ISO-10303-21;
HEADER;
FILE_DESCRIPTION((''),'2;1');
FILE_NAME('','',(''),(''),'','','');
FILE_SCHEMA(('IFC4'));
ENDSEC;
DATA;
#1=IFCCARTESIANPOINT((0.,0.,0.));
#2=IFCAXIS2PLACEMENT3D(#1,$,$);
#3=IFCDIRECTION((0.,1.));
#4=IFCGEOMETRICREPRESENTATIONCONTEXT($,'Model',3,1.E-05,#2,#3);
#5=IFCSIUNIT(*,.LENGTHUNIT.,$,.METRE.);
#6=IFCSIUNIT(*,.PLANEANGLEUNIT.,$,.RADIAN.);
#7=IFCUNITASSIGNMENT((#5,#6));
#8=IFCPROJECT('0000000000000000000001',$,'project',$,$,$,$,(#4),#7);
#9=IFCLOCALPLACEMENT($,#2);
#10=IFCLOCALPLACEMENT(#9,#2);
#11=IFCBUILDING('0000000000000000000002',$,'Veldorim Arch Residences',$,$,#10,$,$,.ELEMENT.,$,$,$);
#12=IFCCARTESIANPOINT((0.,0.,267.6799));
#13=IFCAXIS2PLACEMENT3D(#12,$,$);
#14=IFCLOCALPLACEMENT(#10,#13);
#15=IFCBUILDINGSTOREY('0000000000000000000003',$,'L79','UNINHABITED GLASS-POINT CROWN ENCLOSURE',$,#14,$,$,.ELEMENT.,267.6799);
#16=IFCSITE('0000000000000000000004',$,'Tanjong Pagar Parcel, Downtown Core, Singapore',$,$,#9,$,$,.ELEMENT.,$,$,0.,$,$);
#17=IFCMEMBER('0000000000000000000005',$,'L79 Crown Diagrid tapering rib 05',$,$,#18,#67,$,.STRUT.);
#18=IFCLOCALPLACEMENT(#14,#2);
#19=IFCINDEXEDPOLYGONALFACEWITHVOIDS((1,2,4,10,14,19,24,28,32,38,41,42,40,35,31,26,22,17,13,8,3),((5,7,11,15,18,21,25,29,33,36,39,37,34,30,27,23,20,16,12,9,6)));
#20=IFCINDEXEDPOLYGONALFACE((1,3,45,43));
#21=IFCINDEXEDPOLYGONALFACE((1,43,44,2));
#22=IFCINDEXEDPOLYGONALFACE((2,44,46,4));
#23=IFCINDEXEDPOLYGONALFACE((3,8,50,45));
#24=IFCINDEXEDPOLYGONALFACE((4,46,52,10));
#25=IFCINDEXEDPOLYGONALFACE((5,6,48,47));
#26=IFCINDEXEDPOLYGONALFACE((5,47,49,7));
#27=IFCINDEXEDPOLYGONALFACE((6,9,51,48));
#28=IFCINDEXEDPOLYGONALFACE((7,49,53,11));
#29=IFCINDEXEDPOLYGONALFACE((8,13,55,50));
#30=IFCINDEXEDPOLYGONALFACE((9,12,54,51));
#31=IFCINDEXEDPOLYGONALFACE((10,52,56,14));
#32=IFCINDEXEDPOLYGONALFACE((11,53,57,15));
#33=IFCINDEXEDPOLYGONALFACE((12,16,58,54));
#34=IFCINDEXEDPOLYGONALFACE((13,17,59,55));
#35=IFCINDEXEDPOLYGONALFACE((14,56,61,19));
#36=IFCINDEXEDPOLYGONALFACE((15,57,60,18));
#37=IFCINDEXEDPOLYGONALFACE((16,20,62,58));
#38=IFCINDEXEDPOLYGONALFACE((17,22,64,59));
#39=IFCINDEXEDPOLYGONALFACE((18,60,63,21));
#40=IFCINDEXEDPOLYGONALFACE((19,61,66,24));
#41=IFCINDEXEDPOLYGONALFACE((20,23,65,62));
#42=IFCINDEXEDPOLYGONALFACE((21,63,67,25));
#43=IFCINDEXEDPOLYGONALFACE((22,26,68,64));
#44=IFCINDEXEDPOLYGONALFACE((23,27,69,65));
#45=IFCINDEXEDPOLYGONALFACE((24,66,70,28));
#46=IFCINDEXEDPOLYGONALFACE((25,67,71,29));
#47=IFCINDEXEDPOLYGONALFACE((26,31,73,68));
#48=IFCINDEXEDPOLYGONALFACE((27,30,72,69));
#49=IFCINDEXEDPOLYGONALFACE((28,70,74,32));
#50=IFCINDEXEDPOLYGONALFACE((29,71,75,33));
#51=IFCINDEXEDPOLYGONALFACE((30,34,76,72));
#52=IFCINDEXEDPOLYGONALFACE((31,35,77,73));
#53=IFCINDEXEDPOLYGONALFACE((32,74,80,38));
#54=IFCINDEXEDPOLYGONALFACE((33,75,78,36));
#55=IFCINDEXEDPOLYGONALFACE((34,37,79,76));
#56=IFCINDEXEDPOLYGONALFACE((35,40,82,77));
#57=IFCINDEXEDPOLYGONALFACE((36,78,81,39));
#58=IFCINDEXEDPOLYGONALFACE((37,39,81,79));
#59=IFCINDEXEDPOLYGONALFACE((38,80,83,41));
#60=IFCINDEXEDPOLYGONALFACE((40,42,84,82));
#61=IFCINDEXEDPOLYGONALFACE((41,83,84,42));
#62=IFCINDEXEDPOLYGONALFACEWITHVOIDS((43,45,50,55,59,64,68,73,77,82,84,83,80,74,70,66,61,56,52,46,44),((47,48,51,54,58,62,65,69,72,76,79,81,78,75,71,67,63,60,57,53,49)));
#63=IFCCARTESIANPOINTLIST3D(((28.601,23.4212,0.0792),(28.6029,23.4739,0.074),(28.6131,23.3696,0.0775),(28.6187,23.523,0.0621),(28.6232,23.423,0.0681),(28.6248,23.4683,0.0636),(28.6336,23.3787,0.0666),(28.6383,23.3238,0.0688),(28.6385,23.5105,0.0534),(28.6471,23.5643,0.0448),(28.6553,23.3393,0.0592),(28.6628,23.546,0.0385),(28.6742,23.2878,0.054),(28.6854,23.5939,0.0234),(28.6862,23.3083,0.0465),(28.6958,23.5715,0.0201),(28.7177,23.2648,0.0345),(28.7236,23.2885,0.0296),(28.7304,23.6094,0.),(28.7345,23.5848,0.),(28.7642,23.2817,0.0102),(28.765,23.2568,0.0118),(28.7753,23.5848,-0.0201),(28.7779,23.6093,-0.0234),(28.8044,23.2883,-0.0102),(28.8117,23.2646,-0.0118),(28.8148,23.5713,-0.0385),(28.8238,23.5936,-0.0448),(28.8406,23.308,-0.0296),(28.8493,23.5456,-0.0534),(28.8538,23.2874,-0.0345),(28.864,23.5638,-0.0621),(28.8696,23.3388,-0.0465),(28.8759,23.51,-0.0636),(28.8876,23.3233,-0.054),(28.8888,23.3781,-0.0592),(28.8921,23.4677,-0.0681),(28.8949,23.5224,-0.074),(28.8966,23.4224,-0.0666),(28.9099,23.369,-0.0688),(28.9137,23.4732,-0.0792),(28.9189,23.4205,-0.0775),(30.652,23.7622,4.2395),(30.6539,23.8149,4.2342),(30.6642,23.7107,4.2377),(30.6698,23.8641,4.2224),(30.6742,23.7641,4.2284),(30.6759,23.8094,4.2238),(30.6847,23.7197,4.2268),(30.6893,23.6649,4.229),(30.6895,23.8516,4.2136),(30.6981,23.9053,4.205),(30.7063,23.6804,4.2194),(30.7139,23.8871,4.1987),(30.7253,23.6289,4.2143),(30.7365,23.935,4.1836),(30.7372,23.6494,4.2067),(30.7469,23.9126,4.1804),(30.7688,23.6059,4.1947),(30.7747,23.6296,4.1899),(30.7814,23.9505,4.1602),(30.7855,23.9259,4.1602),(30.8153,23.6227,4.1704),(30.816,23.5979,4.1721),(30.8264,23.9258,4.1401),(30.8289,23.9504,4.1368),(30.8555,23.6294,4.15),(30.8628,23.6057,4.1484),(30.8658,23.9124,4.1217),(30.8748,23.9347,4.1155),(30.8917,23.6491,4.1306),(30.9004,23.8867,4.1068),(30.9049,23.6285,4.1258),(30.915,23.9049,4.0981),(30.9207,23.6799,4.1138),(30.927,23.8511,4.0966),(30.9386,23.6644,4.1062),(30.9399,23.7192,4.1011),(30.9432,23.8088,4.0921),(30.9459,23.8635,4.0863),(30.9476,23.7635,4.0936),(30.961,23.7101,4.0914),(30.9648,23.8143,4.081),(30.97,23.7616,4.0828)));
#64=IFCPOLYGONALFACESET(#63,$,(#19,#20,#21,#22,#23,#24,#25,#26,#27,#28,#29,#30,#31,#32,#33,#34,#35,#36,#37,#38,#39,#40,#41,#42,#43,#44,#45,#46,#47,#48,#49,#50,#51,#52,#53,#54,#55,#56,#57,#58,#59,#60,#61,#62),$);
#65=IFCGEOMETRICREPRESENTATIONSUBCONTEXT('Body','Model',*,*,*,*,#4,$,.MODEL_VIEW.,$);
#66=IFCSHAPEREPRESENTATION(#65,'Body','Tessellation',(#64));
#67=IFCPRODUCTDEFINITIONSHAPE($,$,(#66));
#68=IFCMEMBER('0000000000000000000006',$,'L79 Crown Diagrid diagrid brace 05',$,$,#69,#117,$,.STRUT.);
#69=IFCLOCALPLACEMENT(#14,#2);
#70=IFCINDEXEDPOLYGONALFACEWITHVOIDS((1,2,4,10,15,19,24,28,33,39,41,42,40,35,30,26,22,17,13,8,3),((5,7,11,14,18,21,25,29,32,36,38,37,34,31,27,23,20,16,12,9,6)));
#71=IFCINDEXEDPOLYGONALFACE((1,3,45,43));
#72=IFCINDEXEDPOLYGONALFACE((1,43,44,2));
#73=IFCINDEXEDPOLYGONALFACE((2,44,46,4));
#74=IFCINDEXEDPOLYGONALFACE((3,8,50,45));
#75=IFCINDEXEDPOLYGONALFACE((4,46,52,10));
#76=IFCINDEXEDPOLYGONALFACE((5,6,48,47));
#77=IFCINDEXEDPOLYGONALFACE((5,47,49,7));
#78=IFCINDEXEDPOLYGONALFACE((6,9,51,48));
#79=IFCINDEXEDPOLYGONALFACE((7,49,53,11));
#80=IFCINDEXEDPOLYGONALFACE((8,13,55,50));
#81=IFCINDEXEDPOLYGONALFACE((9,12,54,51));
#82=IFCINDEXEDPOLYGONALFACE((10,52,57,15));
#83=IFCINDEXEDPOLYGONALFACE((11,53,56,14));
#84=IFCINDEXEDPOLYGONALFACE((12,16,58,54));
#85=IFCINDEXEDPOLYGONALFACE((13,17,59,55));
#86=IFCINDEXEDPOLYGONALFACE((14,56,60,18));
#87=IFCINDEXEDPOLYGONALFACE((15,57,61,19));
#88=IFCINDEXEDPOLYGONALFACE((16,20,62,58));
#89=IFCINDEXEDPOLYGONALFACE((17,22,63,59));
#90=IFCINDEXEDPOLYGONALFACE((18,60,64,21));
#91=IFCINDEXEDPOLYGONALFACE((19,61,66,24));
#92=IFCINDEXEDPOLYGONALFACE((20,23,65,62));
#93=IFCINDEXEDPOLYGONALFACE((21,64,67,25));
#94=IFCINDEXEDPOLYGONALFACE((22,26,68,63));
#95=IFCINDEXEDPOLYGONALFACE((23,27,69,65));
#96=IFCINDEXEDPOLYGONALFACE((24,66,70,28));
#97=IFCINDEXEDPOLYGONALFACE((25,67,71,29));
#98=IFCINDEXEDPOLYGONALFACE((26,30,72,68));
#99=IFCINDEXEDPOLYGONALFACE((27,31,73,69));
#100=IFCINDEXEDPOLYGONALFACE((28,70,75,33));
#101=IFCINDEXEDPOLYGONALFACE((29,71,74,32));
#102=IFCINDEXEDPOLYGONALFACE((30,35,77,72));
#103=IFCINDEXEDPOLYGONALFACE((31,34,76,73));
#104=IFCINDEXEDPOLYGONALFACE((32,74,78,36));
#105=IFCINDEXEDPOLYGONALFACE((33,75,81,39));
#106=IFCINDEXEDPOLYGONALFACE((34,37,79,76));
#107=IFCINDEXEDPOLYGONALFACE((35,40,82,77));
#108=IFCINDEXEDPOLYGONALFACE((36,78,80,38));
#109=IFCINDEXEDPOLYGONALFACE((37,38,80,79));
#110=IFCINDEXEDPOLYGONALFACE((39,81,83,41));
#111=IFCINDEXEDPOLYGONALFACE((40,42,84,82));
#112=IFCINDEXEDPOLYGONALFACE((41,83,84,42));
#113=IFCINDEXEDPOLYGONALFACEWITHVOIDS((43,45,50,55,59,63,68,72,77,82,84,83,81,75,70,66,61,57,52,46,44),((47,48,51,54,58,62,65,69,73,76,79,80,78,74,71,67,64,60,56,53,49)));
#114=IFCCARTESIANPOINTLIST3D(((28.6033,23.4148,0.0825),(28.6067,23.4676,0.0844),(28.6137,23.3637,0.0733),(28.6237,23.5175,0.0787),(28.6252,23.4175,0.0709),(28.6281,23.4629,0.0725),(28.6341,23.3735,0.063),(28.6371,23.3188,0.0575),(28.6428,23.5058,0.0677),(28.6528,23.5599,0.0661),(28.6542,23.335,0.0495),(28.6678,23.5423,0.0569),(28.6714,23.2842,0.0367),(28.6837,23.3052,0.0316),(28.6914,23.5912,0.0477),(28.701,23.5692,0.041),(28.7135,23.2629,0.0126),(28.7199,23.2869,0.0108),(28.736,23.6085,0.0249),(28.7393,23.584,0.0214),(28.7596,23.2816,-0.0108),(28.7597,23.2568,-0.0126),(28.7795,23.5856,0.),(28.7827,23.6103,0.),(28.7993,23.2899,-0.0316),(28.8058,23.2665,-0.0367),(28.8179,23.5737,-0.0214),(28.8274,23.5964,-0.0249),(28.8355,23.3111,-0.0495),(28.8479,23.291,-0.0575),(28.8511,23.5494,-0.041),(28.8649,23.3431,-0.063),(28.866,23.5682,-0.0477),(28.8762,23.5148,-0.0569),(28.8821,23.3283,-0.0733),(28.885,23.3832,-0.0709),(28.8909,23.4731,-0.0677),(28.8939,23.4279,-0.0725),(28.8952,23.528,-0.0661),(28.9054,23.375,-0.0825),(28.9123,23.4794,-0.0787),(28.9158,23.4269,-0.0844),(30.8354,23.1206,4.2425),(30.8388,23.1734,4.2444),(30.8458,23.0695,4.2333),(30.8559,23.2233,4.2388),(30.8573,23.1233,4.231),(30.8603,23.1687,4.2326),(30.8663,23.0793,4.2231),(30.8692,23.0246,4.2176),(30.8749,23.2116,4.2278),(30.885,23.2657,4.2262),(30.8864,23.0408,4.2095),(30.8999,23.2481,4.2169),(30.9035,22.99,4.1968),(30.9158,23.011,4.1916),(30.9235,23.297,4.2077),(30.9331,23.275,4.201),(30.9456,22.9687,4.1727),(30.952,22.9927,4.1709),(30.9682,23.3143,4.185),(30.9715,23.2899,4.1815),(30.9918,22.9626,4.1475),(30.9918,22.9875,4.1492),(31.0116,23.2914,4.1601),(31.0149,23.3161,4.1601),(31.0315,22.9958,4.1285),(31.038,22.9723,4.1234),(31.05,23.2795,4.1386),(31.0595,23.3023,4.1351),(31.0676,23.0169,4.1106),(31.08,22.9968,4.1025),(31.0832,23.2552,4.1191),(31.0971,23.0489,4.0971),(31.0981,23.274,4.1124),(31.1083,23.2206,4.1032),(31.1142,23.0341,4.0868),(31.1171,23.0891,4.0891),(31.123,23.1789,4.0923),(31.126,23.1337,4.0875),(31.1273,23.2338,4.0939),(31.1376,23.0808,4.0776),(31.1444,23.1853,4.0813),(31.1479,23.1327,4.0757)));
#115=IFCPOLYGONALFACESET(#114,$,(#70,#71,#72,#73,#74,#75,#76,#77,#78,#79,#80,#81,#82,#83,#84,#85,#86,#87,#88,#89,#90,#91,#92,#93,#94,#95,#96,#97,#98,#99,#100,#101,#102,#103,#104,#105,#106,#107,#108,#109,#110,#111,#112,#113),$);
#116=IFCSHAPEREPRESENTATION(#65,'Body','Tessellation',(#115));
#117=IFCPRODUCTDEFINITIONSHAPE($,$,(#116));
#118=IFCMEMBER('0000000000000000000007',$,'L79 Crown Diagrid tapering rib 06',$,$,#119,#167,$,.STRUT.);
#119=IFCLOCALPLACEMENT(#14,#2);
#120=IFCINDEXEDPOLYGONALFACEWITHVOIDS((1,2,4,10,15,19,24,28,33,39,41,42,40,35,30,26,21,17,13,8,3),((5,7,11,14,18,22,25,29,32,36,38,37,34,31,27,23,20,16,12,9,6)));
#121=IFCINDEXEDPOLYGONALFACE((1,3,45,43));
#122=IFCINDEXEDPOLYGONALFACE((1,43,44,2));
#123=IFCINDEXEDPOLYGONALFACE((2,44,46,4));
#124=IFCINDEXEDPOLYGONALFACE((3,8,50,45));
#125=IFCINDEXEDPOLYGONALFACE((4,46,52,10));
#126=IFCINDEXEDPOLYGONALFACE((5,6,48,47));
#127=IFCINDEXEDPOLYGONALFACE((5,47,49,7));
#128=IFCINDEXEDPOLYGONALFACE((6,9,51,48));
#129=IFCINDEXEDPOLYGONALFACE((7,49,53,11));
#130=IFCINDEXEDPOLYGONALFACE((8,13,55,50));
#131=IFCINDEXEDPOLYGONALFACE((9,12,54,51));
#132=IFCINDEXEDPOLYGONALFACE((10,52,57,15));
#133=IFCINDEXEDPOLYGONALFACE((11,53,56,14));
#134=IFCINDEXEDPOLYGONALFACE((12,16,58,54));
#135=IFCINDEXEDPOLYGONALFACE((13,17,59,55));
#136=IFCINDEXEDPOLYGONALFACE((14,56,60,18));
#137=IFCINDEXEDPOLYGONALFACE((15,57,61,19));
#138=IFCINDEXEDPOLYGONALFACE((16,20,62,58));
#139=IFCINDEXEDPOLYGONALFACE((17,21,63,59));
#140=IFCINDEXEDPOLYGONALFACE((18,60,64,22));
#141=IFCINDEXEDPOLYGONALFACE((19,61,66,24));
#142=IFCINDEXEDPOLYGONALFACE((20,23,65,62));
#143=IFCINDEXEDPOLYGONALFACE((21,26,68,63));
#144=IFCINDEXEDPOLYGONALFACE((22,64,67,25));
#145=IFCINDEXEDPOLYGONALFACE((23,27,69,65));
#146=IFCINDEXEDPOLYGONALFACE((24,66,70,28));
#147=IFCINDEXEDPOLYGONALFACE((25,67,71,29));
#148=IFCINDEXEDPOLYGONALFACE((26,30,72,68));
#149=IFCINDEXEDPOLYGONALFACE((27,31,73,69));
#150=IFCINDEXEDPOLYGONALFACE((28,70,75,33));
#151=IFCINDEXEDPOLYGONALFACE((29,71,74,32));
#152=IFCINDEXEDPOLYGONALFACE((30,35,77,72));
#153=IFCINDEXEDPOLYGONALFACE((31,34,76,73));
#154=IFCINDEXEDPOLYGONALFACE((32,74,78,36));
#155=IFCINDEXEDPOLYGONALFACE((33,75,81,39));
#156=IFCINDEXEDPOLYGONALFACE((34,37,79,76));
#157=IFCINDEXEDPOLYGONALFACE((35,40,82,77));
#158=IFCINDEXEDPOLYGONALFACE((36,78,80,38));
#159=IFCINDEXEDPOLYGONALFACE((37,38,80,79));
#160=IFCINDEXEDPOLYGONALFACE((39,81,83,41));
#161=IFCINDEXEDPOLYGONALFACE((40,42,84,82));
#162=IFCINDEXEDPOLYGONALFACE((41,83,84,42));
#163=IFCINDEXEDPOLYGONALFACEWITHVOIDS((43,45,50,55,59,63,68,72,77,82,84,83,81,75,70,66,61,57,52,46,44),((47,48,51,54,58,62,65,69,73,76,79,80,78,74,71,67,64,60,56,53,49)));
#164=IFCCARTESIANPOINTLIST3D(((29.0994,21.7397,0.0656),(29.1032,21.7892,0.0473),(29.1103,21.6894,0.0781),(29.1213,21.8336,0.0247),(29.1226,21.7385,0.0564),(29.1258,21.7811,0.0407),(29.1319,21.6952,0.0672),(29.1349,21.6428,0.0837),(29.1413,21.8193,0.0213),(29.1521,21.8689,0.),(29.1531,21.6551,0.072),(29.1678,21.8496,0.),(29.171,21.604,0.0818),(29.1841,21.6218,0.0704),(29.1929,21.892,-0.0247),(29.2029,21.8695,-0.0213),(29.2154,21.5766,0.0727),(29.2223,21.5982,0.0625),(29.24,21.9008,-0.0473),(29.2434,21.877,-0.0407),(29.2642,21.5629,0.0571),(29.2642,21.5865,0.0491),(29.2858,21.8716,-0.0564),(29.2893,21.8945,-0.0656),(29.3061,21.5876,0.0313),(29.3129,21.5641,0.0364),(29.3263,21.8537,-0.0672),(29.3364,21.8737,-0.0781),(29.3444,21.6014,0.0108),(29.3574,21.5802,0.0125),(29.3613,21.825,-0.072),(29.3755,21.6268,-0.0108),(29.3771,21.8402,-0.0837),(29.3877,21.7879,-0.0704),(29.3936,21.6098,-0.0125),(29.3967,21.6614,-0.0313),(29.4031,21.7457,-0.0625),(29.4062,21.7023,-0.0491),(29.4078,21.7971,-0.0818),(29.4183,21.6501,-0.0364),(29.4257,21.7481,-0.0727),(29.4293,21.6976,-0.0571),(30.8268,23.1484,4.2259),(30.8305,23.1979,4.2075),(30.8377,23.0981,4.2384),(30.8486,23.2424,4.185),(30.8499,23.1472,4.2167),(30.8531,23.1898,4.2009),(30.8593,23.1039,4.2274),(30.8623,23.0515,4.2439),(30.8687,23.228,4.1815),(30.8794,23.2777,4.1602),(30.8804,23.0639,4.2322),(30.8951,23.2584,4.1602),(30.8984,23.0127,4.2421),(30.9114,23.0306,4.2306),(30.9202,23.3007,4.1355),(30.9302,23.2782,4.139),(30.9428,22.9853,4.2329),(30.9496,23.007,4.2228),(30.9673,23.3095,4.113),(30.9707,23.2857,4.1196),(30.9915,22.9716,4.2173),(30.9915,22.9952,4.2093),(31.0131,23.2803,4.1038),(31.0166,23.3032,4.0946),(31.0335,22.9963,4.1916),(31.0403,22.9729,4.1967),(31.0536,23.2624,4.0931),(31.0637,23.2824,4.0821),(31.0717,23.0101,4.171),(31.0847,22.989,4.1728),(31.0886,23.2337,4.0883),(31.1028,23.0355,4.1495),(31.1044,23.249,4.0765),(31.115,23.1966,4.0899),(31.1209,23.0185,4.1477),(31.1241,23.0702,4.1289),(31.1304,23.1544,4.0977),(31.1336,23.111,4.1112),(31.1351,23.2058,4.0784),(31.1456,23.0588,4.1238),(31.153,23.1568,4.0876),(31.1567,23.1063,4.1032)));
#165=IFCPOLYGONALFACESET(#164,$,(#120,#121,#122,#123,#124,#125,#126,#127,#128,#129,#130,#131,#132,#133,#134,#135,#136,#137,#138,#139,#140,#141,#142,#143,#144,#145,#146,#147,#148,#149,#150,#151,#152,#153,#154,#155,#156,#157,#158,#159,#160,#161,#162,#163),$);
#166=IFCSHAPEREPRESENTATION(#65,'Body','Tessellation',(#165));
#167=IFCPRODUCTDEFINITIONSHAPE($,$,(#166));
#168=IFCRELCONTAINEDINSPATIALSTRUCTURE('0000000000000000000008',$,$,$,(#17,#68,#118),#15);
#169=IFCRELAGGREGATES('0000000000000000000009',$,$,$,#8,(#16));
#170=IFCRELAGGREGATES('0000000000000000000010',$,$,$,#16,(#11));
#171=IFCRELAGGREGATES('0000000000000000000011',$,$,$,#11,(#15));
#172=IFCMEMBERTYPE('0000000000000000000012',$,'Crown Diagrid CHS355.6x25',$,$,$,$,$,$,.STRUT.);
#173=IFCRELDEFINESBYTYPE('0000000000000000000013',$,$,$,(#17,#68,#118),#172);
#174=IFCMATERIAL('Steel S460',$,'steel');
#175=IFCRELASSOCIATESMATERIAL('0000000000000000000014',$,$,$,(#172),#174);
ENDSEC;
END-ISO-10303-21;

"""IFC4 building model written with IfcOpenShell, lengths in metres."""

from ifc_helpers import new_model, si_unit, direction, frame, origin, origin_2d, place, context, subcontext, project, spatial, hollow_circle, extrude, material, material_profile, profile_set, type_object, element, save


model = new_model("IFC4")

# Units and contexts
model_context = context("Model", 3, precision=1e-05, world=origin(), true_north=direction((0.0, 1.0)))
body_context = subcontext(model_context, "Body", "Model", "MODEL_VIEW")
ifc_project = project(units=[si_unit("LENGTHUNIT", "METRE"), si_unit("PLANEANGLEUNIT", "RADIAN")], contexts=[model_context])

# Site, building, storey
site_placement = place(None, origin())
site = spatial("IfcSite", under=ifc_project, at=site_placement, Name="Tanjong Pagar Parcel, Downtown Core, Singapore", CompositionType="ELEMENT", RefElevation=0.0)
building_placement = place(site_placement, origin())
building = spatial("IfcBuilding", under=site, at=building_placement, Name="Veldorim Arch Residences", CompositionType="ELEMENT")
storey_placement = place(building_placement, frame((0.0, 0.0, 267.6799)))
storey = spatial("IfcBuildingStorey", under=building, at=storey_placement, Name="L79", Description="UNINHABITED GLASS-POINT CROWN ENCLOSURE", CompositionType="ELEMENT", Elevation=267.6799)

# Members
ifc_material_1 = material(Name="Steel S460", Category="steel")
ifc_material_profile_1 = material_profile(ifc_material_1, hollow_circle(Radius=0.1777, WallThickness=0.0249, at=origin_2d()), Name="CHS355.6x25")
ifc_profile_set_1 = profile_set([ifc_material_profile_1], Name="Steel S460")
member_type_1 = type_object("IfcMemberType", Name="Crown Diagrid CHS355.6x25", PredefinedType="STRUT", material=ifc_profile_set_1)
member_1_placement = place(storey_placement, frame((28.7595, 23.4341, 0.0), z_axis=(0.441005, 0.073335, 0.894504), x_axis=(-0.164037, 0.986454, 0.0)))
element("IfcMember", 1, at=member_1_placement, inside=storey, type_object=member_type_1, Name="L79 Crown Diagrid tapering rib 05", PredefinedType="STRUT", context=body_context, shape_type="SweptSolid", body=[
    extrude(hollow_circle(Radius=0.1777, WallThickness=0.0249, at=origin_2d()), origin(), (0.0, 0.0, 1.0), 4.6509),
])
member_2_placement = place(storey_placement, frame((28.7595, 23.4341, 0.0), z_axis=(0.471886, -0.062192, 0.879463), x_axis=(0.130665, 0.991427, 0.0)))
element("IfcMember", 2, at=member_2_placement, inside=storey, type_object=member_type_1, Name="L79 Crown Diagrid diagrid brace 05", PredefinedType="STRUT", context=body_context, shape_type="SweptSolid", body=[
    extrude(hollow_circle(Radius=0.1777, WallThickness=0.0249, at=origin_2d()), origin(), (0.0, 0.0, 1.0), 4.7302),
])
member_3_placement = place(storey_placement, frame((29.2644, 21.7312, 0.0), z_axis=(0.365981, 0.298475, 0.881459), x_axis=(-0.632014, 0.774957, 0.0)))
element("IfcMember", 3, at=member_3_placement, inside=storey, type_object=member_type_1, Name="L79 Crown Diagrid tapering rib 06", PredefinedType="STRUT", context=body_context, shape_type="SweptSolid", body=[
    extrude(hollow_circle(Radius=0.1777, WallThickness=0.0249, at=origin_2d()), origin(), (0.0, 0.0, 1.0), 4.7197),
])

save(model, "model.ifc")
